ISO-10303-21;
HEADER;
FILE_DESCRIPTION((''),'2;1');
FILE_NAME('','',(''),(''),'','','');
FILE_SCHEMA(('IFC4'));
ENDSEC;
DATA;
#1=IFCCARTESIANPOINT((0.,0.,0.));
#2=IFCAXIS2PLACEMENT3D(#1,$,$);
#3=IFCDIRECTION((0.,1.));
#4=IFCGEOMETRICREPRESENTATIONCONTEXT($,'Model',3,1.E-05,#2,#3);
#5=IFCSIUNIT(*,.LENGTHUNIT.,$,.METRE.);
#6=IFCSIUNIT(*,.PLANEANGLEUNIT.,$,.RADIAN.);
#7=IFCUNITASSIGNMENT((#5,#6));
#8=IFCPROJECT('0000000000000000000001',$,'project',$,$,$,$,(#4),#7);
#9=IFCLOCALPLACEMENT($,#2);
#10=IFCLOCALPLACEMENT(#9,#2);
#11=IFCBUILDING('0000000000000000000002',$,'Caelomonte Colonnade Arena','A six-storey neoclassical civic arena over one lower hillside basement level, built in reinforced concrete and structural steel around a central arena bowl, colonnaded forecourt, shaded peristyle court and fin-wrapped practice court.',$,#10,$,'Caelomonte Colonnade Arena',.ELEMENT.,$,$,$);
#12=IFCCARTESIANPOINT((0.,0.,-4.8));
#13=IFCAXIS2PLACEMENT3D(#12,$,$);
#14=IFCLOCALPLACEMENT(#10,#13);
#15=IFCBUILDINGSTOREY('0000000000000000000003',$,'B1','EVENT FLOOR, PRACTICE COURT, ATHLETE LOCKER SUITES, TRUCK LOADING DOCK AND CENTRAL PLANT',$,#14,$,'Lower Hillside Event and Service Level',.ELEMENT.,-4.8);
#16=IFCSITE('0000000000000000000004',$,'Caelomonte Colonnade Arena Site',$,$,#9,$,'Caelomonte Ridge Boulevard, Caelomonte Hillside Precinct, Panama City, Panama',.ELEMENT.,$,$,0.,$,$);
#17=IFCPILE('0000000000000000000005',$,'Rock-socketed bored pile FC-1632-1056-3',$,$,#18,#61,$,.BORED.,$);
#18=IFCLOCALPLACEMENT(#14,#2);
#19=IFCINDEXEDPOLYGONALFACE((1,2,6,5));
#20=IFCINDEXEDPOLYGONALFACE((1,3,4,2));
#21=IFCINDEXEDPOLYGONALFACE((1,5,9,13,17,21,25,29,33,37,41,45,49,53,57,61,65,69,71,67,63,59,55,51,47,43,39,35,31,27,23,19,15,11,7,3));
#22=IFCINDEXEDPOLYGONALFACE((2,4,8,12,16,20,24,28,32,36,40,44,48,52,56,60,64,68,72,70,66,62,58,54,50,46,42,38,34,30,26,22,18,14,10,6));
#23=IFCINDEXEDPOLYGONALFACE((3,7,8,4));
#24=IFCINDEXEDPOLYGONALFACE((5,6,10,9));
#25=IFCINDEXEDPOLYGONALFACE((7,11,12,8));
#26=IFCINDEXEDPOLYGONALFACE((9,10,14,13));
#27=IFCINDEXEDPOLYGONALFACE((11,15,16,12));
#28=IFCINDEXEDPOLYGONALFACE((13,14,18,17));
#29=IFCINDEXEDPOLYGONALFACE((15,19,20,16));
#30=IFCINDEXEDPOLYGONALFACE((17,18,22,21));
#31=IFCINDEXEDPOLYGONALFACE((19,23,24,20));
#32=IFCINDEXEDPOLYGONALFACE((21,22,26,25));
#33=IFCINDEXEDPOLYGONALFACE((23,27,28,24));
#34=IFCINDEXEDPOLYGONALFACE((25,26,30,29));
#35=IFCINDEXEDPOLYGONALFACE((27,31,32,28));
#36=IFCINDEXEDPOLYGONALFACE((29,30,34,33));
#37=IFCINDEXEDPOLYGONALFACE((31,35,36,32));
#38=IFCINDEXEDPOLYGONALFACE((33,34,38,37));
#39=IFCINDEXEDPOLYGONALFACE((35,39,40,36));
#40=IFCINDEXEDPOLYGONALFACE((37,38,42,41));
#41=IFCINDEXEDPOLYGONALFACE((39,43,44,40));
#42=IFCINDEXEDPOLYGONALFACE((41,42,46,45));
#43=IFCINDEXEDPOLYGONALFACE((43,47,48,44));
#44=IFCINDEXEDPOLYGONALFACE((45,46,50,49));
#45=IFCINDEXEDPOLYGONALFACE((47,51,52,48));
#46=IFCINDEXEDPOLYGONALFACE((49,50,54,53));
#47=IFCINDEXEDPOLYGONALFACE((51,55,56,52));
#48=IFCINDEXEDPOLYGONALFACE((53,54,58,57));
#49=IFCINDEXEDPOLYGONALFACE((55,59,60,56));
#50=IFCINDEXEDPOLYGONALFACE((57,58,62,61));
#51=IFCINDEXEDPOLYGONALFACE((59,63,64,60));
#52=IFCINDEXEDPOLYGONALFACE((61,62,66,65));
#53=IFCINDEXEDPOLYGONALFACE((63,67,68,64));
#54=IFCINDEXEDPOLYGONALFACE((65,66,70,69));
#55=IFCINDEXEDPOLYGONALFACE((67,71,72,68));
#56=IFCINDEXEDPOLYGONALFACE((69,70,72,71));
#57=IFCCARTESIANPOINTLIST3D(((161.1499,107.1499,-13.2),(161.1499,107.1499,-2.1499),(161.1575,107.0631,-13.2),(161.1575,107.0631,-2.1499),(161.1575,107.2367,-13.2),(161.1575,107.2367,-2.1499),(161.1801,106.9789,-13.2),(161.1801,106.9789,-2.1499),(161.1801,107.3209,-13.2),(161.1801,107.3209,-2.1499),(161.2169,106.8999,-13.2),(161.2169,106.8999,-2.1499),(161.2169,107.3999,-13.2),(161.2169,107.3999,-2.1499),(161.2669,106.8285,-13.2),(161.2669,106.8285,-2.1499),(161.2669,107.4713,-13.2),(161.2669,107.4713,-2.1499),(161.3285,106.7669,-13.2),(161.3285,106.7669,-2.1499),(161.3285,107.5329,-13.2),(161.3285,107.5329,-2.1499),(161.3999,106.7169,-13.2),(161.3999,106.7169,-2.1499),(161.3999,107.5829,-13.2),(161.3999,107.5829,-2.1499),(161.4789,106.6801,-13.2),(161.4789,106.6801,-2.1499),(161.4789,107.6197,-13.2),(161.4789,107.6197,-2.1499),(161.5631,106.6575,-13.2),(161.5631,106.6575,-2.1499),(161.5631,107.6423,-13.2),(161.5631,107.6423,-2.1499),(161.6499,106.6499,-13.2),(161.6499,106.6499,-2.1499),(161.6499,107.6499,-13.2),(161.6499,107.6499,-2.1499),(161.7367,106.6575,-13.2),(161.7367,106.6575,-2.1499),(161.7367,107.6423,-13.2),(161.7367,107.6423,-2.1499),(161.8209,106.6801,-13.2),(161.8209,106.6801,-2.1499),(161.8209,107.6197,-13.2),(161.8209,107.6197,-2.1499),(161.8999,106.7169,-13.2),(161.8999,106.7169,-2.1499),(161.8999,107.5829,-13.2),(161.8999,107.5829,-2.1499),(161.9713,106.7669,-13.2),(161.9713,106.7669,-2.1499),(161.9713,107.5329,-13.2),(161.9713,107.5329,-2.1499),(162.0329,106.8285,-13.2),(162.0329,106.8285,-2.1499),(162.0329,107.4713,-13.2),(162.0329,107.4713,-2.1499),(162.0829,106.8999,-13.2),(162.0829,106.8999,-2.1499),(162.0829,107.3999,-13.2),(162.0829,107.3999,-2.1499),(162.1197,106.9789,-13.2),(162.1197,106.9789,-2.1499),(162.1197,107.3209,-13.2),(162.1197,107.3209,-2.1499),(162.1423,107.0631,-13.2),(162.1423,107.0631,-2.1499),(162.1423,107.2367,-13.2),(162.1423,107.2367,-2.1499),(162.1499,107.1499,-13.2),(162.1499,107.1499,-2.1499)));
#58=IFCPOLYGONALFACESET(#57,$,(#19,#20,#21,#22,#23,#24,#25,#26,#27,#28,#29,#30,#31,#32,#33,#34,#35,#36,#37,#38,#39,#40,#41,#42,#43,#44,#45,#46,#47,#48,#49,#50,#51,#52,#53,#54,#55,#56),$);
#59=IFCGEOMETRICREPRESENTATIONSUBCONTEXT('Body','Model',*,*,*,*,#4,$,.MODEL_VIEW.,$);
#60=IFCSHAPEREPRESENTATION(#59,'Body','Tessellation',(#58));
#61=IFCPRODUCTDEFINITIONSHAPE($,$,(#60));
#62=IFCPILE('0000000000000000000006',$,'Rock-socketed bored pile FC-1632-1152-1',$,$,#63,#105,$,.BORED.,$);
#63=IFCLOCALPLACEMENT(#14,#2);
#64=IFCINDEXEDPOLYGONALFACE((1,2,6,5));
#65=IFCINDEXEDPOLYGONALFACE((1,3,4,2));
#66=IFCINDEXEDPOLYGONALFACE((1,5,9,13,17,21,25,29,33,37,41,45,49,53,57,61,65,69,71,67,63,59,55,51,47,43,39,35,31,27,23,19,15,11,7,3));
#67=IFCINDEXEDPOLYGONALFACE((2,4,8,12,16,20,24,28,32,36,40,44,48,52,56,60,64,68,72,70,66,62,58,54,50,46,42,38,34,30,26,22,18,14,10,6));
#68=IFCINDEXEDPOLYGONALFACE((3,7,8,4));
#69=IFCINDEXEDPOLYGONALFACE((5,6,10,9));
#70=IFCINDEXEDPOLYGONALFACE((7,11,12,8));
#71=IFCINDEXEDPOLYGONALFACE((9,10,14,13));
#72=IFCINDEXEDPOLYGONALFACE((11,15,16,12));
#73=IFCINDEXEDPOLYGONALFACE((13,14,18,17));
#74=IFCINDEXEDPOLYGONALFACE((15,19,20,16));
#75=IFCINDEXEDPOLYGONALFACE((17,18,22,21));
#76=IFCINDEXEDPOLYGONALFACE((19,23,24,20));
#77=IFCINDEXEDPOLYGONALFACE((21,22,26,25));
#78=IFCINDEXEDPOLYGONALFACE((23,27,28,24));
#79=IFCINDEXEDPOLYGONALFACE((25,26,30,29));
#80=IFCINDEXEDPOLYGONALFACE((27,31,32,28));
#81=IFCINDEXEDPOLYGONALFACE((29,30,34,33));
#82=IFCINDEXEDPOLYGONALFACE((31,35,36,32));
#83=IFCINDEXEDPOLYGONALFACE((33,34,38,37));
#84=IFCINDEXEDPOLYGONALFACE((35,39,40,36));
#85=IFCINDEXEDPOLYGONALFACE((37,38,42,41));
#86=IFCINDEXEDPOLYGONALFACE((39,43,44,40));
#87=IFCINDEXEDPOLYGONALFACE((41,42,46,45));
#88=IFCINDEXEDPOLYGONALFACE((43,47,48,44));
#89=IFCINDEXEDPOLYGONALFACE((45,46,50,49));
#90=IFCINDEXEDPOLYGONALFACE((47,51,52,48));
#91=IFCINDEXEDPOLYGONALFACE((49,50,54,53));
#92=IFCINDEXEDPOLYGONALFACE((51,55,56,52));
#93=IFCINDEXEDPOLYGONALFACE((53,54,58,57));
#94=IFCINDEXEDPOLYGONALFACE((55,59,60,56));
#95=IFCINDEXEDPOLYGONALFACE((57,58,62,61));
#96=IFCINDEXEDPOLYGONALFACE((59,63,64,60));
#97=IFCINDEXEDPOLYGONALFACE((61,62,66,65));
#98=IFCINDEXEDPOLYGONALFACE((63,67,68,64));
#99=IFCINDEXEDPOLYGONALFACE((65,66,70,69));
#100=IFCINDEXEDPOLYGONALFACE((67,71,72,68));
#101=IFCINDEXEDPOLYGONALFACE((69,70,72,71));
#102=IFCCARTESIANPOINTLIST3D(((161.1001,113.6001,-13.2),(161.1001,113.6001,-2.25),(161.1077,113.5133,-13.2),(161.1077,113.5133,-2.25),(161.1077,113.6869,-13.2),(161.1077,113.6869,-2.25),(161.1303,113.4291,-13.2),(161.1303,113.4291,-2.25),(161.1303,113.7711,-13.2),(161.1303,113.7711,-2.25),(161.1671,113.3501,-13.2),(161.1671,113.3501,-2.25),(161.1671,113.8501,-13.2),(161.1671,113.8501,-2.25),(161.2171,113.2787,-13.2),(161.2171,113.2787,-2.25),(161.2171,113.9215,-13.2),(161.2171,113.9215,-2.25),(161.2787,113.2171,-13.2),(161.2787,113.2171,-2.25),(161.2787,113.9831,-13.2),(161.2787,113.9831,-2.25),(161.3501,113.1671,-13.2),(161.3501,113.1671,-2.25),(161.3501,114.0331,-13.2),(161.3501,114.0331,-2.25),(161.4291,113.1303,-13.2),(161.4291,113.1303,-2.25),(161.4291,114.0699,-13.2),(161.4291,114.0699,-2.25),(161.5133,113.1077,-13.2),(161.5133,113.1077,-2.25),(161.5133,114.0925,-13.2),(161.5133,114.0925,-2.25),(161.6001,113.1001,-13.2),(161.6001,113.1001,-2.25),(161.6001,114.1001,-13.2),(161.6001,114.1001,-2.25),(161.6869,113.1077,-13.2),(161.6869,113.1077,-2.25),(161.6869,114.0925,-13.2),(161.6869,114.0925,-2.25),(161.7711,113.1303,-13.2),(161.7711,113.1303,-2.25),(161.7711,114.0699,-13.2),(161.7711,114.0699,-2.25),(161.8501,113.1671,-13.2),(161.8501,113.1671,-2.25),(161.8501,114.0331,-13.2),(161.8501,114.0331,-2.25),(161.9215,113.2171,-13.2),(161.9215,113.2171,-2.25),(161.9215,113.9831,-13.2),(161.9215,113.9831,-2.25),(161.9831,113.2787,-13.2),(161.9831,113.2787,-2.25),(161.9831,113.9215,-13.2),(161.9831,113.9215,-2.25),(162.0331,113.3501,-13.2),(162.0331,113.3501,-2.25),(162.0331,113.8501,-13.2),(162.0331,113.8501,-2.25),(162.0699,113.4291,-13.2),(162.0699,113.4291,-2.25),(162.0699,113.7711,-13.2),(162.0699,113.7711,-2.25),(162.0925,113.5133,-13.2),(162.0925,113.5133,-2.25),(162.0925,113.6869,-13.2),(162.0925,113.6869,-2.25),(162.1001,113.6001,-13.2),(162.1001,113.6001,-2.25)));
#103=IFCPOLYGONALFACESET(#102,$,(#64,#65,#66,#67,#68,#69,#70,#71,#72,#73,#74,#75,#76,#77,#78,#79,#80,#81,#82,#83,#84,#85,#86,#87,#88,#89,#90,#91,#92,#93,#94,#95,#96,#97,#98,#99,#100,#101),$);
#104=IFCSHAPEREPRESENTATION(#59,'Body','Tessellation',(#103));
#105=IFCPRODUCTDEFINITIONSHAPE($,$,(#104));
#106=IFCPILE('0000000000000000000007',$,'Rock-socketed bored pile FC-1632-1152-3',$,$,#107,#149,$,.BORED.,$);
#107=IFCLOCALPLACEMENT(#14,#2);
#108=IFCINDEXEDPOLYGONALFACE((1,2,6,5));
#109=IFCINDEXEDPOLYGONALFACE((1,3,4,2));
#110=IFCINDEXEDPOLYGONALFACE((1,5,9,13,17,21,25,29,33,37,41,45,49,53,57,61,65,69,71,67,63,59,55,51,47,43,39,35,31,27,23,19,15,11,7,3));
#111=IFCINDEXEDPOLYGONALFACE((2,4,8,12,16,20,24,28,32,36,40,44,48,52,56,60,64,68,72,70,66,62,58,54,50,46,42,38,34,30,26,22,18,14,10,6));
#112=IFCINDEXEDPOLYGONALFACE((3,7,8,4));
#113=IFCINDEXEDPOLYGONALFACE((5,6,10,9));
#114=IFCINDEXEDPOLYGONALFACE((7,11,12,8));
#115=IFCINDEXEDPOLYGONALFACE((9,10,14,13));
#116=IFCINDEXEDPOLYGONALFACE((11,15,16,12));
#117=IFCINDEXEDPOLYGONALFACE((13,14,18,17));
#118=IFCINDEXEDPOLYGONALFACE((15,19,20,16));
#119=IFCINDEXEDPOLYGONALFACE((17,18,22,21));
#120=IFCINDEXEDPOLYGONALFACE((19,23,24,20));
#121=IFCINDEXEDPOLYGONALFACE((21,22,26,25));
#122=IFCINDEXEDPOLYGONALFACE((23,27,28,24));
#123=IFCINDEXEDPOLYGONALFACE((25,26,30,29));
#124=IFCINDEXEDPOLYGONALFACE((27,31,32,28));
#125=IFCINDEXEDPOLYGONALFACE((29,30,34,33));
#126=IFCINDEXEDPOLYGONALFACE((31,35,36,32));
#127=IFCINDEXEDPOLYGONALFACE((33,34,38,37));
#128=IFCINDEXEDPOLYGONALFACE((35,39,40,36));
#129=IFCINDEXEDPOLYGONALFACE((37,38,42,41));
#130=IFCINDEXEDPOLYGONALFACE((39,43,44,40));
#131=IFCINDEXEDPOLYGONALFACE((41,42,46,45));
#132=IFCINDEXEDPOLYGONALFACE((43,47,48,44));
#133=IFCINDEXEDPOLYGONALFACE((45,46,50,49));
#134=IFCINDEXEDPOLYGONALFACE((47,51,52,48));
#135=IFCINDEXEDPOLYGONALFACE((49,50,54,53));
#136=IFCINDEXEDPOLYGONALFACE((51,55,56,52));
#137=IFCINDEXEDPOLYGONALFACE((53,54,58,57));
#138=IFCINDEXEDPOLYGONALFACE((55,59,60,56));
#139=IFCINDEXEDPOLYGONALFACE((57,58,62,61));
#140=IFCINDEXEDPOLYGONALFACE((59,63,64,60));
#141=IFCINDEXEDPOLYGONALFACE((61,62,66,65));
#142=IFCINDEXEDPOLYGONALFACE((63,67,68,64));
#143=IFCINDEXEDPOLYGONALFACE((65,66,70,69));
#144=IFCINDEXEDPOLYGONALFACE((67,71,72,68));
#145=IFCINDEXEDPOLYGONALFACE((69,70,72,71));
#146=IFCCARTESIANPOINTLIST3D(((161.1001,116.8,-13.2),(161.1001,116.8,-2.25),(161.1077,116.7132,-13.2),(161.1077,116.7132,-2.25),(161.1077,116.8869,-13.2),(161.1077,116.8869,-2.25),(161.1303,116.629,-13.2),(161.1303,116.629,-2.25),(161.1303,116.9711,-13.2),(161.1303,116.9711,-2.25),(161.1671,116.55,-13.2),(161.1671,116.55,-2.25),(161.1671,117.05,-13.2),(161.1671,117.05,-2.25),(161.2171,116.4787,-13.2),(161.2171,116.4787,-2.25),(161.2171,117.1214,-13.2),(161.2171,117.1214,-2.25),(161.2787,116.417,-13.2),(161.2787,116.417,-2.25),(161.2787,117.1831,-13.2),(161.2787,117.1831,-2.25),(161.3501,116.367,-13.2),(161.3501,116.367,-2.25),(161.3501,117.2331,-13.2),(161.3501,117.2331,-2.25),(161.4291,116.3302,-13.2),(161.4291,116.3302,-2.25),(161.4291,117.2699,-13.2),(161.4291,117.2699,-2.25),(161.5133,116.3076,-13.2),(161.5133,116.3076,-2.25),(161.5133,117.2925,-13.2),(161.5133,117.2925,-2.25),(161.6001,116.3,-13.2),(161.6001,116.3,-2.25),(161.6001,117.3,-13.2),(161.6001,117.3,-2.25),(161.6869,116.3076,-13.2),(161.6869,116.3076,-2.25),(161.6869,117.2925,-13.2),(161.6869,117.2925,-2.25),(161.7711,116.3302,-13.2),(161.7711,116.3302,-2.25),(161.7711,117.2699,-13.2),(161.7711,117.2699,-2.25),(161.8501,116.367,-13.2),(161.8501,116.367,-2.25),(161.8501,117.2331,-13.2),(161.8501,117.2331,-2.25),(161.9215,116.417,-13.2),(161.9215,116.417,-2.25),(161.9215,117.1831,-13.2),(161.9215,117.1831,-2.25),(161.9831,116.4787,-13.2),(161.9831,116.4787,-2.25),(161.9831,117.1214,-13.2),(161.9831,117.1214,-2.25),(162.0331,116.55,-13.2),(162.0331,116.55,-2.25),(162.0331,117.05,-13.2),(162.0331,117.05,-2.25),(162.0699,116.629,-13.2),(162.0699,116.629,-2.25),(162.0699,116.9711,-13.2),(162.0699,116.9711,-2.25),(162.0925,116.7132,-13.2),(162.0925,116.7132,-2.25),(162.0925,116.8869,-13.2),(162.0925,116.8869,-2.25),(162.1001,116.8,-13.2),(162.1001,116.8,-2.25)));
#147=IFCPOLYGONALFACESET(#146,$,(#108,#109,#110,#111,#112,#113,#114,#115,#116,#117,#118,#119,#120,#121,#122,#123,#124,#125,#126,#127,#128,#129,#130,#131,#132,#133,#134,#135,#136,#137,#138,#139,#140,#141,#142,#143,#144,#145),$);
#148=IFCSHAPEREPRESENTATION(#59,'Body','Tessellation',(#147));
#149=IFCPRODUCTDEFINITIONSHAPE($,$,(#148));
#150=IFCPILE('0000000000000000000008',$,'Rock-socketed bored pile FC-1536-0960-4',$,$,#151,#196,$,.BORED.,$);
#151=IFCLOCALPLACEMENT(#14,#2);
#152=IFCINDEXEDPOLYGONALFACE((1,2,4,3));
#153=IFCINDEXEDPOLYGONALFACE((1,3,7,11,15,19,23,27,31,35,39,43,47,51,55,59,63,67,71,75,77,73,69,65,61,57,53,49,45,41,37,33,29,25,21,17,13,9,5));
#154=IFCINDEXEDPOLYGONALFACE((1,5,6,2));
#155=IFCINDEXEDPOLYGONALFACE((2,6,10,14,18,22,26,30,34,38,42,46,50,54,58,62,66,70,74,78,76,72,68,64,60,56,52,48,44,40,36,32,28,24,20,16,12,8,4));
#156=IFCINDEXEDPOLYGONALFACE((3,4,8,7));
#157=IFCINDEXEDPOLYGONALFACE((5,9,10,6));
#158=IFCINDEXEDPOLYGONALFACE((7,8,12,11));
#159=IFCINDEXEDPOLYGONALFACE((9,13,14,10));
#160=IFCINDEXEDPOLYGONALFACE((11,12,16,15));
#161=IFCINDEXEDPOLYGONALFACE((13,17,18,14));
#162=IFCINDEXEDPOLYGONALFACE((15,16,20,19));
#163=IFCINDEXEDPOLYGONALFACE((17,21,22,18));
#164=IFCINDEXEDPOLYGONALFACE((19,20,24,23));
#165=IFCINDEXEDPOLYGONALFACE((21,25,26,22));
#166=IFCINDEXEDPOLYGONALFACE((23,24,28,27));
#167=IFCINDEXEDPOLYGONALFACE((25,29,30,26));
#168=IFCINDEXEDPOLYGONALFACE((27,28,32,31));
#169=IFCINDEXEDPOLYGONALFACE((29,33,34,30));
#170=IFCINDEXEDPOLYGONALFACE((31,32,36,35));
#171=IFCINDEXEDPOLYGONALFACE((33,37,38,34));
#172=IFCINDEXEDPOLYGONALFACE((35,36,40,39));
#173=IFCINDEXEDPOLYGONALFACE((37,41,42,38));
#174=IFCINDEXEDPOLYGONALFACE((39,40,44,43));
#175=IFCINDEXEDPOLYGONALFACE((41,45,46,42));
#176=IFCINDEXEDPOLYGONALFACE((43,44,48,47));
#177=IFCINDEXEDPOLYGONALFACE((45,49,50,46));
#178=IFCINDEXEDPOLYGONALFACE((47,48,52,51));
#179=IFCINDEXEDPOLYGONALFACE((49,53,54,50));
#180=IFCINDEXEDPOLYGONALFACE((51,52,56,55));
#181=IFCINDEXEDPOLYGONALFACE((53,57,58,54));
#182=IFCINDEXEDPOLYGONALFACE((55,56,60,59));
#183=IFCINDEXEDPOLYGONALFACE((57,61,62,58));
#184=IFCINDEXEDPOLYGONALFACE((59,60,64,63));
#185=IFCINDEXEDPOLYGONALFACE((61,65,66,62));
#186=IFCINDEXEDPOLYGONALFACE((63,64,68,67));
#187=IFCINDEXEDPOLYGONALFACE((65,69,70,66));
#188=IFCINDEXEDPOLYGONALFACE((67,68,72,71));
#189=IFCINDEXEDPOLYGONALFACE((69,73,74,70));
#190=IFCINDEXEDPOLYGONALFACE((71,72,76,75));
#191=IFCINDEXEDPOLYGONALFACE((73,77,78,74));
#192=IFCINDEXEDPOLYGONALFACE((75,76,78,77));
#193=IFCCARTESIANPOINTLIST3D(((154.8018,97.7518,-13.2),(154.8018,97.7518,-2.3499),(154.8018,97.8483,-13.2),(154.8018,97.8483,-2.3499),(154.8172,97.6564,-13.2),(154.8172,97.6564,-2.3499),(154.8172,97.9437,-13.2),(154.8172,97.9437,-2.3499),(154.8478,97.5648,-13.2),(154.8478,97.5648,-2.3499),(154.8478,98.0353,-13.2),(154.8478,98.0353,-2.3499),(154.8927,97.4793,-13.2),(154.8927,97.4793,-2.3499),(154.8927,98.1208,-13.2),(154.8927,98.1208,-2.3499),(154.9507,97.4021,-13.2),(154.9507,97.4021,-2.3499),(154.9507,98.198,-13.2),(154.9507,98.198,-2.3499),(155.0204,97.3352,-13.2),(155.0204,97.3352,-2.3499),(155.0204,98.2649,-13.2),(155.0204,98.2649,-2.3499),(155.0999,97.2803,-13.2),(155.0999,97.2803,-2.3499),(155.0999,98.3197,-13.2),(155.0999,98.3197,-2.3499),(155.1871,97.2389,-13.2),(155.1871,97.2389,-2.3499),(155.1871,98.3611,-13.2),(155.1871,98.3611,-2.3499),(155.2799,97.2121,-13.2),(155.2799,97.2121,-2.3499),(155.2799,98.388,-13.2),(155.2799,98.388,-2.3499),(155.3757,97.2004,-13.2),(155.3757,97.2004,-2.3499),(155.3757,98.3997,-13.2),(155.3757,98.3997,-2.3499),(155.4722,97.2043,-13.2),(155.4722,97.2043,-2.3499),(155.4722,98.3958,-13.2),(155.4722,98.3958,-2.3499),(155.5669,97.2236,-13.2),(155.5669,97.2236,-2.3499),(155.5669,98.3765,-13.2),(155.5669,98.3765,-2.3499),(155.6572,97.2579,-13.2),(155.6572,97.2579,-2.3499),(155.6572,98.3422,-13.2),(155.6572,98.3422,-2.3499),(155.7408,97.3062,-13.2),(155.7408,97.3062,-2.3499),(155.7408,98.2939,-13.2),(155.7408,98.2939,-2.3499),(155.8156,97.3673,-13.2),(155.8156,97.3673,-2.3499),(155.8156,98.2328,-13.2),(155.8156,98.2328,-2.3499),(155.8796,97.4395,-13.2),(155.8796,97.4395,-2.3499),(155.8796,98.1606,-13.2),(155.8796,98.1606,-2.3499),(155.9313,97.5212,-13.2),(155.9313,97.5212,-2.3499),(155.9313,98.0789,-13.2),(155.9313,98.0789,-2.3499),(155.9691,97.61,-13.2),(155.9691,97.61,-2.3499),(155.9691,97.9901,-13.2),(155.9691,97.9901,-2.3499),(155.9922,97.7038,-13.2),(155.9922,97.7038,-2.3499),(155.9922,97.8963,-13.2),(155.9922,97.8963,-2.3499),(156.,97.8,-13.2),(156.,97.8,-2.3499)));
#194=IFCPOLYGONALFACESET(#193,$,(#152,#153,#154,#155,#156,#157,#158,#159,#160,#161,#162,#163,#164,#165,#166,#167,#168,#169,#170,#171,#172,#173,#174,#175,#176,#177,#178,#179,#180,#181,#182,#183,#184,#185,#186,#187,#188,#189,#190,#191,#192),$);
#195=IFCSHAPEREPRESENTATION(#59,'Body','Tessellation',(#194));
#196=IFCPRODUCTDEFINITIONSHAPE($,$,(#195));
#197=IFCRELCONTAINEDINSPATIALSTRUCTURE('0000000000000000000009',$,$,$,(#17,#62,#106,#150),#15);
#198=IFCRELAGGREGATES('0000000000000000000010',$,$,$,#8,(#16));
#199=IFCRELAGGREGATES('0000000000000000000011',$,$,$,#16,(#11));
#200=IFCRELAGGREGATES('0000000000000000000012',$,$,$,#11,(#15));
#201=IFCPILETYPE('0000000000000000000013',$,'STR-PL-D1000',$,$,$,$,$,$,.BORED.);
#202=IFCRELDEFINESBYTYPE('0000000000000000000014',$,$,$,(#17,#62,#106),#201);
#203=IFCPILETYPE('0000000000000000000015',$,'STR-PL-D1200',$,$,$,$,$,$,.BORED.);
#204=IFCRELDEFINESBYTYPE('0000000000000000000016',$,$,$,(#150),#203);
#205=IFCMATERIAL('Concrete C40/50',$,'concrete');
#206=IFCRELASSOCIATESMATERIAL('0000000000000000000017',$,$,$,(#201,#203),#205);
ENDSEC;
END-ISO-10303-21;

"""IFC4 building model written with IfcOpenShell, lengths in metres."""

from ifc_helpers import new_model, si_unit, direction, frame, origin, origin_2d, place, context, subcontext, project, spatial, circle, extrude, material, material_profile, profile_set, type_object, element, save


model = new_model("IFC4")

# Units and contexts
model_context = context("Model", 3, precision=1e-05, world=origin(), true_north=direction((0.0, 1.0)))
body_context = subcontext(model_context, "Body", "Model", "MODEL_VIEW")
ifc_project = project(units=[si_unit("LENGTHUNIT", "METRE"), si_unit("PLANEANGLEUNIT", "RADIAN")], contexts=[model_context])

# Site, building, storey
site_placement = place(None, origin())
site = spatial("IfcSite", under=ifc_project, at=site_placement, Name="Caelomonte Colonnade Arena Site", LongName="Caelomonte Ridge Boulevard, Caelomonte Hillside Precinct, Panama City, Panama", CompositionType="ELEMENT", RefElevation=0.0)
building_placement = place(site_placement, origin())
building = spatial("IfcBuilding", under=site, at=building_placement, Name="Caelomonte Colonnade Arena", Description="A six-storey neoclassical civic arena over one lower hillside basement level, built in reinforced concrete and structural steel around a central arena bowl, colonnaded forecourt, shaded peristyle court and fin-wrapped practice court.", LongName="Caelomonte Colonnade Arena", CompositionType="ELEMENT")
storey_placement = place(building_placement, frame((0.0, 0.0, -4.8)))
storey = spatial("IfcBuildingStorey", under=building, at=storey_placement, Name="B1", Description="EVENT FLOOR, PRACTICE COURT, ATHLETE LOCKER SUITES, TRUCK LOADING DOCK AND CENTRAL PLANT", LongName="Lower Hillside Event and Service Level", CompositionType="ELEMENT", Elevation=-4.8)

# Shared definitions
ifc_material_1 = material(Name="Concrete C40/50", Category="concrete")

# Piles
ifc_material_profile_1 = material_profile(ifc_material_1, circle(Radius=0.5, at=origin_2d()), Name="PILE-D1000")
ifc_profile_set_1 = profile_set([ifc_material_profile_1], Name="Concrete C40/50")
pile_type_1 = type_object("IfcPileType", Name="STR-PL-D1000", PredefinedType="BORED", material=ifc_profile_set_1)
for number, where, z_axis, x_axis, name in (
    (1, (161.6499, 107.1499, -2.1499), (0.0, 0.0, -1.0), (1.0, 0.0, 0.0), "Rock-socketed bored pile FC-1632-1056-3"),
):
    element("IfcPile", number, at=place(storey_placement, frame(where, z_axis=z_axis, x_axis=x_axis)), inside=storey, type_object=pile_type_1, Name=name, PredefinedType="BORED", context=body_context, shape_type="SweptSolid", body=[
        extrude(circle(Radius=0.5, at=origin_2d()), origin(), (0.0, 0.0, 1.0), 11.05),
    ])
for number, where, z_axis, x_axis, name in (
    (2, (161.6001, 113.6001, -2.25), (0.0, 0.0, -1.0), (1.0, 0.0, 0.0), "Rock-socketed bored pile FC-1632-1152-1"),
    (3, (161.6001, 116.8, -2.25), (0.0, 0.0, -1.0), (1.0, 0.0, 0.0), "Rock-socketed bored pile FC-1632-1152-3"),
):
    element("IfcPile", number, at=place(storey_placement, frame(where, z_axis=z_axis, x_axis=x_axis)), inside=storey, type_object=pile_type_1, Name=name, PredefinedType="BORED", context=body_context, shape_type="SweptSolid", body=[
        extrude(circle(Radius=0.5, at=origin_2d()), origin(), (0.0, 0.0, 1.0), 10.95),
    ])
ifc_material_profile_2 = material_profile(ifc_material_1, circle(Radius=0.6001, at=origin_2d()), Name="PILE-D1200")
ifc_profile_set_2 = profile_set([ifc_material_profile_2], Name="Concrete C40/50")
pile_type_2 = type_object("IfcPileType", Name="STR-PL-D1200", PredefinedType="BORED", material=ifc_profile_set_2)
pile_placement = place(storey_placement, frame((155.3999, 97.8, -2.3499), z_axis=(0.0, 0.0, -1.0), x_axis=(1.0, 0.0, 0.0)))
element("IfcPile", 4, at=pile_placement, inside=storey, type_object=pile_type_2, Name="Rock-socketed bored pile FC-1536-0960-4", PredefinedType="BORED", context=body_context, shape_type="SweptSolid", body=[
    extrude(circle(Radius=0.6001, at=origin_2d()), origin(), (0.0, 0.0, 1.0), 10.8501),
])

save(model, "model.ifc")
